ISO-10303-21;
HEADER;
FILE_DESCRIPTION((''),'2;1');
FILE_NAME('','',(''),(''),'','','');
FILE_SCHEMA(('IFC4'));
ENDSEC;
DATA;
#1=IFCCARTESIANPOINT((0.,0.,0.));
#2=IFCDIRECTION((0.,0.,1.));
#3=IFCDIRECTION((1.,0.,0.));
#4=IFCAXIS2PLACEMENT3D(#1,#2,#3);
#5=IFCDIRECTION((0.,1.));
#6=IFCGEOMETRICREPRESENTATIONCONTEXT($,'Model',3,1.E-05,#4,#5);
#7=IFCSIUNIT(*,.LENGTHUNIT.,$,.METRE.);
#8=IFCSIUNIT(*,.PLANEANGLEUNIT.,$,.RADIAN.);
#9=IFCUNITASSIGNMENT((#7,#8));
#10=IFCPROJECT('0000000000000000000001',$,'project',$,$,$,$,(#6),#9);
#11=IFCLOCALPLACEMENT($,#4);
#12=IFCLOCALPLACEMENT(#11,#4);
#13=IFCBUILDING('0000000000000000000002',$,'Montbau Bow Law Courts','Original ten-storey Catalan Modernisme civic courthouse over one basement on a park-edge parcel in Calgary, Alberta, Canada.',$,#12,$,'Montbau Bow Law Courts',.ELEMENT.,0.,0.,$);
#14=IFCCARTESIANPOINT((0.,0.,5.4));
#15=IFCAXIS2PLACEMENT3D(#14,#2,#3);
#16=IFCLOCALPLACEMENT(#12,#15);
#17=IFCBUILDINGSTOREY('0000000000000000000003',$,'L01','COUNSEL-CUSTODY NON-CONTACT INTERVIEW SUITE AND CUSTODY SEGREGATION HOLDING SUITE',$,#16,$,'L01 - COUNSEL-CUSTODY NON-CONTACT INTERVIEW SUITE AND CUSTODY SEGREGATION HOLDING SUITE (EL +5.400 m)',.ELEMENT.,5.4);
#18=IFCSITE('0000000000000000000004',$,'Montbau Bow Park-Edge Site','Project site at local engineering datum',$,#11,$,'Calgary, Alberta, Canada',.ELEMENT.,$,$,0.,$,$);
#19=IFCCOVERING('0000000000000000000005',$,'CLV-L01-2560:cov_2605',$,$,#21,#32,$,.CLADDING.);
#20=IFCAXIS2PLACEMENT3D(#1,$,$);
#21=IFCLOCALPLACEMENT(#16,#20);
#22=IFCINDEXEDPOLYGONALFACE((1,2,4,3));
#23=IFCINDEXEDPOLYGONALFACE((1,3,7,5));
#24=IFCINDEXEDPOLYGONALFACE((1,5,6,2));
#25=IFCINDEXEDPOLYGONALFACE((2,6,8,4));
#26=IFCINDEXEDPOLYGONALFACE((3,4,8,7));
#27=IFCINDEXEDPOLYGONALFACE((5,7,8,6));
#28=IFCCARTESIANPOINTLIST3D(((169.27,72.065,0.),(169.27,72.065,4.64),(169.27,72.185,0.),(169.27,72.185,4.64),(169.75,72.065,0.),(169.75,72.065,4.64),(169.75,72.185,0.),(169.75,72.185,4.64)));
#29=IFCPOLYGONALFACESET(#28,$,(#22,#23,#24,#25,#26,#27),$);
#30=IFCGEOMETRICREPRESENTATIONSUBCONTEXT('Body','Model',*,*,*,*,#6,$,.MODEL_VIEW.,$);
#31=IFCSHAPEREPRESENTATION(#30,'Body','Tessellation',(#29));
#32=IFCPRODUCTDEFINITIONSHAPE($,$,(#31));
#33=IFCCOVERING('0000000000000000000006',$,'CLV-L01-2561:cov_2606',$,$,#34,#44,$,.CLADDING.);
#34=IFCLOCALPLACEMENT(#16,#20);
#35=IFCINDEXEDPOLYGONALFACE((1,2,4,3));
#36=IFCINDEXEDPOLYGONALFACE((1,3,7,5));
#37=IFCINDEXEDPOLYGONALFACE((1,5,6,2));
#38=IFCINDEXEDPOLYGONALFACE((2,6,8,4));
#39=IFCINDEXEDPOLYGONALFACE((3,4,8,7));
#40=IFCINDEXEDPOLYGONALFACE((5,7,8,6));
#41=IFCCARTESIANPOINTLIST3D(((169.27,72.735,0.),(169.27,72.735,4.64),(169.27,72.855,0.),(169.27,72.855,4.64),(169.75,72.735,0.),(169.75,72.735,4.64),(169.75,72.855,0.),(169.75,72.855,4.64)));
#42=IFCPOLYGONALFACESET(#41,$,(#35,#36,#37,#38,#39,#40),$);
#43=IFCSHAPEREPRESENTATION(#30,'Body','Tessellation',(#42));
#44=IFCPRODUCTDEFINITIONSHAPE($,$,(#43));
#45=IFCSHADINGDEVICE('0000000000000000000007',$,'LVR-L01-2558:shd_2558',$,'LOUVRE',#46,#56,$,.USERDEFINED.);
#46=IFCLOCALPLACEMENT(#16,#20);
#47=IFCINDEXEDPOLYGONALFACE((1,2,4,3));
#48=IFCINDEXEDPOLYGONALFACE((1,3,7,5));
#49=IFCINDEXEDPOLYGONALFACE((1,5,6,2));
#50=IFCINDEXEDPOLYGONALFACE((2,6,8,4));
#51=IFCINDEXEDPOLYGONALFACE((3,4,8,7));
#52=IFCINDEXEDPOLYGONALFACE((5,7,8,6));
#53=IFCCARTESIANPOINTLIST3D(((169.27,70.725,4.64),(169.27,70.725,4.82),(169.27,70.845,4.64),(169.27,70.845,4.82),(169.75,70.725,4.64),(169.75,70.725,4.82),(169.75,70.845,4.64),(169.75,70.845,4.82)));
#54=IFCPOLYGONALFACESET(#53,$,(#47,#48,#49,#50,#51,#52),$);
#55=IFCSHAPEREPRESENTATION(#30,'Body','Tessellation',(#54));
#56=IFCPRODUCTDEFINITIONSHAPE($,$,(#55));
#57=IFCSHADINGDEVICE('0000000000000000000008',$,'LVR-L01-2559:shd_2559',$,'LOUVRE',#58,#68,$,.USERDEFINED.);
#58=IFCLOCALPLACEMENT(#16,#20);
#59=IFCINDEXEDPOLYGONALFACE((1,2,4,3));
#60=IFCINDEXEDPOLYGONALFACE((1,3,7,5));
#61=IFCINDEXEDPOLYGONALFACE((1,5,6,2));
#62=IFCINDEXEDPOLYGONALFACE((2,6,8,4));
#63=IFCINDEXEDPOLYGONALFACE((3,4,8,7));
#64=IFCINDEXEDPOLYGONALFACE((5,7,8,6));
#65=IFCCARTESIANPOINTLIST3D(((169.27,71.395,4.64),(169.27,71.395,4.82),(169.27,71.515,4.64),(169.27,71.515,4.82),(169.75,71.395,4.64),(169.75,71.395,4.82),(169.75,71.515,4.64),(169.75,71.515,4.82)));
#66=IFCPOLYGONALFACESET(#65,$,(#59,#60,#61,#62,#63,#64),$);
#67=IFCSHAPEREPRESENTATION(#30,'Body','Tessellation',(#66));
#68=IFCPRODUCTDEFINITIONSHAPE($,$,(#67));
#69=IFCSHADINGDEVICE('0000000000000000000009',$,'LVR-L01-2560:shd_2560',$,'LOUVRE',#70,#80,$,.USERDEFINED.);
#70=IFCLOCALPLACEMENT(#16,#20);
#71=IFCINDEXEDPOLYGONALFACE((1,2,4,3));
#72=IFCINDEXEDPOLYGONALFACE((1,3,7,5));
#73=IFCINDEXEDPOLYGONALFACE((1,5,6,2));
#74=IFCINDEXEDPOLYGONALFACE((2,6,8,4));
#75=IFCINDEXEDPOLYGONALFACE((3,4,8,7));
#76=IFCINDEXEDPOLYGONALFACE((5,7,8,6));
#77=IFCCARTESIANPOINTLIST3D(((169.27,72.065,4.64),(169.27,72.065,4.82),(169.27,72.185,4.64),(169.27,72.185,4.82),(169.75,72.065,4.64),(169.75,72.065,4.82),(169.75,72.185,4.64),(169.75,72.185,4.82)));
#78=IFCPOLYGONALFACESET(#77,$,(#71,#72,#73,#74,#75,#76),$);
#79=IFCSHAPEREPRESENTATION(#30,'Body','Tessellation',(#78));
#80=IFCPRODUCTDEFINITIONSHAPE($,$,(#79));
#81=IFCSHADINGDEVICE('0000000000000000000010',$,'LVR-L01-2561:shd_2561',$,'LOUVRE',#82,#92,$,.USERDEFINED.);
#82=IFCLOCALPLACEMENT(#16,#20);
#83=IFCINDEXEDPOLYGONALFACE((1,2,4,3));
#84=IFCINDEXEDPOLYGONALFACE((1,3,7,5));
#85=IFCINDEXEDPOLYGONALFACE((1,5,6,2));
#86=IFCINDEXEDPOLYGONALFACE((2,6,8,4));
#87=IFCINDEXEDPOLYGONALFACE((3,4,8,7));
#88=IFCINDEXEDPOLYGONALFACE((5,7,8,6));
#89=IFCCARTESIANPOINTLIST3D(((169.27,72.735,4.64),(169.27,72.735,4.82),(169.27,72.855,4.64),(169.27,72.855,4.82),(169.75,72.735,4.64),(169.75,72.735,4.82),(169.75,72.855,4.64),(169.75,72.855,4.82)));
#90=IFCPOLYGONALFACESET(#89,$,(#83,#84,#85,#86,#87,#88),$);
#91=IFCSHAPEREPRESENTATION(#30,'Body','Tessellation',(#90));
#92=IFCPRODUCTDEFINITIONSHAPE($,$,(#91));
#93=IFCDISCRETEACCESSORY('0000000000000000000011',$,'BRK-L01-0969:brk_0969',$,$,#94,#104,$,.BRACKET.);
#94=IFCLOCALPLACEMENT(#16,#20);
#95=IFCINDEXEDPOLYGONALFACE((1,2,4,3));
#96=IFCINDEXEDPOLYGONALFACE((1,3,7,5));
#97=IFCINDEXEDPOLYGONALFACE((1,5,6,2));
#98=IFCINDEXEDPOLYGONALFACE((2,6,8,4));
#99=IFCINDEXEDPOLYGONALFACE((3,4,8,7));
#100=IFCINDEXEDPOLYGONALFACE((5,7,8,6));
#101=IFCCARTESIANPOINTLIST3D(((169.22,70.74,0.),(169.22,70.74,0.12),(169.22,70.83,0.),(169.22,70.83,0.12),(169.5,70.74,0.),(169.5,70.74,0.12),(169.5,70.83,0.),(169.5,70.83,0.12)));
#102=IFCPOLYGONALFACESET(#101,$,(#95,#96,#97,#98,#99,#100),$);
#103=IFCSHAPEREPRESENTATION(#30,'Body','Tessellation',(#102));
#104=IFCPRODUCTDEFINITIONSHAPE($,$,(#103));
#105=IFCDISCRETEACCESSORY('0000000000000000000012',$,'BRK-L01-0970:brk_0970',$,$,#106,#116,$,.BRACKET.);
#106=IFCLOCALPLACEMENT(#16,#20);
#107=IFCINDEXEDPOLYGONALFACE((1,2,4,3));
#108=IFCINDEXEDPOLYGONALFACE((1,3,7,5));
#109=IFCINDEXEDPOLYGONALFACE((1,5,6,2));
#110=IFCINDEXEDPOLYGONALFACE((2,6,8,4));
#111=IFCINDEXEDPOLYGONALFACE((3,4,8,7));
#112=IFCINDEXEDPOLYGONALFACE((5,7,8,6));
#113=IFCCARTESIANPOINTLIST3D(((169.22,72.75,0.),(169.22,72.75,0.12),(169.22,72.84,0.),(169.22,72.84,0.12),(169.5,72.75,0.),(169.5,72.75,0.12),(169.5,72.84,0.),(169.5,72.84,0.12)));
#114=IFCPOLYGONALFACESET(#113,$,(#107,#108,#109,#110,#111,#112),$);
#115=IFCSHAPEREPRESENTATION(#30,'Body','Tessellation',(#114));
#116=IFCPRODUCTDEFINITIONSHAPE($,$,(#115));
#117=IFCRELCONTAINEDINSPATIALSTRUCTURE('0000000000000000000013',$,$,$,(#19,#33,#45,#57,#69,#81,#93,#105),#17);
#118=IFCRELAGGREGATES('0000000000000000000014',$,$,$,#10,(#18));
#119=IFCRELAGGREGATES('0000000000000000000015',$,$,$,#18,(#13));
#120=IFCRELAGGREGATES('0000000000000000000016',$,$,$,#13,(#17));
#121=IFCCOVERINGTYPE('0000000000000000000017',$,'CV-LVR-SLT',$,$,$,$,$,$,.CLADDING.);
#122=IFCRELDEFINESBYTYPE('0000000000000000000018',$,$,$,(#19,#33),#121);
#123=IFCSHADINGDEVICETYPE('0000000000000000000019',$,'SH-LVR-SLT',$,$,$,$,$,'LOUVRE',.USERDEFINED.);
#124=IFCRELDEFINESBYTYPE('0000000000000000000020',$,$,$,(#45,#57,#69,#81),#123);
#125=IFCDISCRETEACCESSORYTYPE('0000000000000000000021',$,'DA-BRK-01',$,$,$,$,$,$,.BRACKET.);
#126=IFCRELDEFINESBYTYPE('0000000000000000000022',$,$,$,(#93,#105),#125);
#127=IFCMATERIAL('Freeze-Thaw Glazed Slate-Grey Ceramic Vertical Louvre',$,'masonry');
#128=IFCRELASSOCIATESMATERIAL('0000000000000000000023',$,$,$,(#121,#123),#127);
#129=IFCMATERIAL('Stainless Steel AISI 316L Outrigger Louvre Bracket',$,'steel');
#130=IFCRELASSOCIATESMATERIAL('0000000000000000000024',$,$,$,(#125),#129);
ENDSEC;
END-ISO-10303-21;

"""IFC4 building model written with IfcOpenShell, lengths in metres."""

from ifc_helpers import new_model, si_unit, direction, frame, frame_2d, origin_with_axes, origin_2d_with_axis, place, context, subcontext, project, spatial, rectangle, extrude, material, type_object, element, save


model = new_model("IFC4")

# Units and contexts
model_context = context("Model", 3, precision=1e-05, world=origin_with_axes(), true_north=direction((0.0, 1.0)))
body_context = subcontext(model_context, "Body", "Model", "MODEL_VIEW")
ifc_project = project(units=[si_unit("LENGTHUNIT", "METRE"), si_unit("PLANEANGLEUNIT", "RADIAN")], contexts=[model_context])

# Site, building, storey
site_placement = place(None, origin_with_axes())
site = spatial("IfcSite", under=ifc_project, at=site_placement, Name="Montbau Bow Park-Edge Site", Description="Project site at local engineering datum", LongName="Calgary, Alberta, Canada", CompositionType="ELEMENT", RefElevation=0.0)
building_placement = place(site_placement, origin_with_axes())
building = spatial("IfcBuilding", under=site, at=building_placement, Name="Montbau Bow Law Courts", Description="Original ten-storey Catalan Modernisme civic courthouse over one basement on a park-edge parcel in Calgary, Alberta, Canada.", LongName="Montbau Bow Law Courts", CompositionType="ELEMENT", ElevationOfRefHeight=0.0, ElevationOfTerrain=0.0)
storey_placement = place(building_placement, frame((0.0, 0.0, 5.4), z_axis=(0.0, 0.0, 1.0), x_axis=(1.0, 0.0, 0.0)))
storey = spatial("IfcBuildingStorey", under=building, at=storey_placement, Name="L01", Description="COUNSEL-CUSTODY NON-CONTACT INTERVIEW SUITE AND CUSTODY SEGREGATION HOLDING SUITE", LongName="L01 - COUNSEL-CUSTODY NON-CONTACT INTERVIEW SUITE AND CUSTODY SEGREGATION HOLDING SUITE (EL +5.400 m)", CompositionType="ELEMENT", Elevation=5.4)

# Coverings
ifc_material_1 = material(Name="Freeze-Thaw Glazed Slate-Grey Ceramic Vertical Louvre", Category="masonry")
covering_type = type_object("IfcCoveringType", Name="CV-LVR-SLT", PredefinedType="CLADDING", material=ifc_material_1)
for number, where, z_axis, x_axis, name in (
    (1, (169.27, 72.125, 5.4), (0.0, -1.0, 0.0), (1.0, 0.0, 0.0), "CLV-L01-2560:cov_2605"),
    (2, (169.27, 72.795, 5.4), (0.0, -1.0, 0.0), (1.0, 0.0, 0.0), "CLV-L01-2561:cov_2606"),
):
    element("IfcCovering", number, at=place(None, frame(where, z_axis=z_axis, x_axis=x_axis)), inside=storey, type_object=covering_type, Name=name, PredefinedType="CLADDING", context=body_context, shape_type="SweptSolid", body=[
        extrude(rectangle(XDim=0.48, YDim=4.64, at=frame_2d((0.24, 2.32), x_axis=(1.0, 0.0))), frame((0.0, 0.0, -0.06), z_axis=(0.0, 0.0, 1.0), x_axis=(1.0, 0.0, 0.0)), (0.0, 0.0, 1.0), 0.12),
    ])

# Shading devices
shading_device_type = type_object("IfcShadingDeviceType", Name="SH-LVR-SLT", ElementType="LOUVRE", PredefinedType="USERDEFINED", material=ifc_material_1)
for number, where, z_axis, x_axis, name in (
    (3, (169.51, 70.785, 10.04), (0.0, 0.0, 1.0), (1.0, 0.0, 0.0), "LVR-L01-2558:shd_2558"),
    (4, (169.51, 71.455, 10.04), (0.0, 0.0, 1.0), (1.0, 0.0, 0.0), "LVR-L01-2559:shd_2559"),
    (5, (169.51, 72.125, 10.04), (0.0, 0.0, 1.0), (1.0, 0.0, 0.0), "LVR-L01-2560:shd_2560"),
    (6, (169.51, 72.795, 10.04), (0.0, 0.0, 1.0), (1.0, 0.0, 0.0), "LVR-L01-2561:shd_2561"),
):
    element("IfcShadingDevice", number, at=place(None, frame(where, z_axis=z_axis, x_axis=x_axis)), inside=storey, type_object=shading_device_type, Name=name, ObjectType="LOUVRE", PredefinedType="USERDEFINED", context=body_context, shape_type="SweptSolid", body=[
        extrude(rectangle(XDim=0.48, YDim=0.12, at=origin_2d_with_axis()), origin_with_axes(), (0.0, 0.0, 1.0), 0.18),
    ])

# Discrete accessories
ifc_material_2 = material(Name="Stainless Steel AISI 316L Outrigger Louvre Bracket", Category="steel")
discrete_accessory_type = type_object("IfcDiscreteAccessoryType", Name="DA-BRK-01", PredefinedType="BRACKET", material=ifc_material_2)
for number, where, z_axis, x_axis, name in (
    (7, (169.36, 70.785, 5.4), (0.0, 0.0, 1.0), (1.0, 0.0, 0.0), "BRK-L01-0969:brk_0969"),
    (8, (169.36, 72.795, 5.4), (0.0, 0.0, 1.0), (1.0, 0.0, 0.0), "BRK-L01-0970:brk_0970"),
):
    element("IfcDiscreteAccessory", number, at=place(None, frame(where, z_axis=z_axis, x_axis=x_axis)), inside=storey, type_object=discrete_accessory_type, Name=name, PredefinedType="BRACKET", context=body_context, shape_type="SweptSolid", body=[
        extrude(rectangle(XDim=0.28, YDim=0.09, at=origin_2d_with_axis()), origin_with_axes(), (0.0, 0.0, 1.0), 0.12),
    ])

save(model, "model.ifc")
